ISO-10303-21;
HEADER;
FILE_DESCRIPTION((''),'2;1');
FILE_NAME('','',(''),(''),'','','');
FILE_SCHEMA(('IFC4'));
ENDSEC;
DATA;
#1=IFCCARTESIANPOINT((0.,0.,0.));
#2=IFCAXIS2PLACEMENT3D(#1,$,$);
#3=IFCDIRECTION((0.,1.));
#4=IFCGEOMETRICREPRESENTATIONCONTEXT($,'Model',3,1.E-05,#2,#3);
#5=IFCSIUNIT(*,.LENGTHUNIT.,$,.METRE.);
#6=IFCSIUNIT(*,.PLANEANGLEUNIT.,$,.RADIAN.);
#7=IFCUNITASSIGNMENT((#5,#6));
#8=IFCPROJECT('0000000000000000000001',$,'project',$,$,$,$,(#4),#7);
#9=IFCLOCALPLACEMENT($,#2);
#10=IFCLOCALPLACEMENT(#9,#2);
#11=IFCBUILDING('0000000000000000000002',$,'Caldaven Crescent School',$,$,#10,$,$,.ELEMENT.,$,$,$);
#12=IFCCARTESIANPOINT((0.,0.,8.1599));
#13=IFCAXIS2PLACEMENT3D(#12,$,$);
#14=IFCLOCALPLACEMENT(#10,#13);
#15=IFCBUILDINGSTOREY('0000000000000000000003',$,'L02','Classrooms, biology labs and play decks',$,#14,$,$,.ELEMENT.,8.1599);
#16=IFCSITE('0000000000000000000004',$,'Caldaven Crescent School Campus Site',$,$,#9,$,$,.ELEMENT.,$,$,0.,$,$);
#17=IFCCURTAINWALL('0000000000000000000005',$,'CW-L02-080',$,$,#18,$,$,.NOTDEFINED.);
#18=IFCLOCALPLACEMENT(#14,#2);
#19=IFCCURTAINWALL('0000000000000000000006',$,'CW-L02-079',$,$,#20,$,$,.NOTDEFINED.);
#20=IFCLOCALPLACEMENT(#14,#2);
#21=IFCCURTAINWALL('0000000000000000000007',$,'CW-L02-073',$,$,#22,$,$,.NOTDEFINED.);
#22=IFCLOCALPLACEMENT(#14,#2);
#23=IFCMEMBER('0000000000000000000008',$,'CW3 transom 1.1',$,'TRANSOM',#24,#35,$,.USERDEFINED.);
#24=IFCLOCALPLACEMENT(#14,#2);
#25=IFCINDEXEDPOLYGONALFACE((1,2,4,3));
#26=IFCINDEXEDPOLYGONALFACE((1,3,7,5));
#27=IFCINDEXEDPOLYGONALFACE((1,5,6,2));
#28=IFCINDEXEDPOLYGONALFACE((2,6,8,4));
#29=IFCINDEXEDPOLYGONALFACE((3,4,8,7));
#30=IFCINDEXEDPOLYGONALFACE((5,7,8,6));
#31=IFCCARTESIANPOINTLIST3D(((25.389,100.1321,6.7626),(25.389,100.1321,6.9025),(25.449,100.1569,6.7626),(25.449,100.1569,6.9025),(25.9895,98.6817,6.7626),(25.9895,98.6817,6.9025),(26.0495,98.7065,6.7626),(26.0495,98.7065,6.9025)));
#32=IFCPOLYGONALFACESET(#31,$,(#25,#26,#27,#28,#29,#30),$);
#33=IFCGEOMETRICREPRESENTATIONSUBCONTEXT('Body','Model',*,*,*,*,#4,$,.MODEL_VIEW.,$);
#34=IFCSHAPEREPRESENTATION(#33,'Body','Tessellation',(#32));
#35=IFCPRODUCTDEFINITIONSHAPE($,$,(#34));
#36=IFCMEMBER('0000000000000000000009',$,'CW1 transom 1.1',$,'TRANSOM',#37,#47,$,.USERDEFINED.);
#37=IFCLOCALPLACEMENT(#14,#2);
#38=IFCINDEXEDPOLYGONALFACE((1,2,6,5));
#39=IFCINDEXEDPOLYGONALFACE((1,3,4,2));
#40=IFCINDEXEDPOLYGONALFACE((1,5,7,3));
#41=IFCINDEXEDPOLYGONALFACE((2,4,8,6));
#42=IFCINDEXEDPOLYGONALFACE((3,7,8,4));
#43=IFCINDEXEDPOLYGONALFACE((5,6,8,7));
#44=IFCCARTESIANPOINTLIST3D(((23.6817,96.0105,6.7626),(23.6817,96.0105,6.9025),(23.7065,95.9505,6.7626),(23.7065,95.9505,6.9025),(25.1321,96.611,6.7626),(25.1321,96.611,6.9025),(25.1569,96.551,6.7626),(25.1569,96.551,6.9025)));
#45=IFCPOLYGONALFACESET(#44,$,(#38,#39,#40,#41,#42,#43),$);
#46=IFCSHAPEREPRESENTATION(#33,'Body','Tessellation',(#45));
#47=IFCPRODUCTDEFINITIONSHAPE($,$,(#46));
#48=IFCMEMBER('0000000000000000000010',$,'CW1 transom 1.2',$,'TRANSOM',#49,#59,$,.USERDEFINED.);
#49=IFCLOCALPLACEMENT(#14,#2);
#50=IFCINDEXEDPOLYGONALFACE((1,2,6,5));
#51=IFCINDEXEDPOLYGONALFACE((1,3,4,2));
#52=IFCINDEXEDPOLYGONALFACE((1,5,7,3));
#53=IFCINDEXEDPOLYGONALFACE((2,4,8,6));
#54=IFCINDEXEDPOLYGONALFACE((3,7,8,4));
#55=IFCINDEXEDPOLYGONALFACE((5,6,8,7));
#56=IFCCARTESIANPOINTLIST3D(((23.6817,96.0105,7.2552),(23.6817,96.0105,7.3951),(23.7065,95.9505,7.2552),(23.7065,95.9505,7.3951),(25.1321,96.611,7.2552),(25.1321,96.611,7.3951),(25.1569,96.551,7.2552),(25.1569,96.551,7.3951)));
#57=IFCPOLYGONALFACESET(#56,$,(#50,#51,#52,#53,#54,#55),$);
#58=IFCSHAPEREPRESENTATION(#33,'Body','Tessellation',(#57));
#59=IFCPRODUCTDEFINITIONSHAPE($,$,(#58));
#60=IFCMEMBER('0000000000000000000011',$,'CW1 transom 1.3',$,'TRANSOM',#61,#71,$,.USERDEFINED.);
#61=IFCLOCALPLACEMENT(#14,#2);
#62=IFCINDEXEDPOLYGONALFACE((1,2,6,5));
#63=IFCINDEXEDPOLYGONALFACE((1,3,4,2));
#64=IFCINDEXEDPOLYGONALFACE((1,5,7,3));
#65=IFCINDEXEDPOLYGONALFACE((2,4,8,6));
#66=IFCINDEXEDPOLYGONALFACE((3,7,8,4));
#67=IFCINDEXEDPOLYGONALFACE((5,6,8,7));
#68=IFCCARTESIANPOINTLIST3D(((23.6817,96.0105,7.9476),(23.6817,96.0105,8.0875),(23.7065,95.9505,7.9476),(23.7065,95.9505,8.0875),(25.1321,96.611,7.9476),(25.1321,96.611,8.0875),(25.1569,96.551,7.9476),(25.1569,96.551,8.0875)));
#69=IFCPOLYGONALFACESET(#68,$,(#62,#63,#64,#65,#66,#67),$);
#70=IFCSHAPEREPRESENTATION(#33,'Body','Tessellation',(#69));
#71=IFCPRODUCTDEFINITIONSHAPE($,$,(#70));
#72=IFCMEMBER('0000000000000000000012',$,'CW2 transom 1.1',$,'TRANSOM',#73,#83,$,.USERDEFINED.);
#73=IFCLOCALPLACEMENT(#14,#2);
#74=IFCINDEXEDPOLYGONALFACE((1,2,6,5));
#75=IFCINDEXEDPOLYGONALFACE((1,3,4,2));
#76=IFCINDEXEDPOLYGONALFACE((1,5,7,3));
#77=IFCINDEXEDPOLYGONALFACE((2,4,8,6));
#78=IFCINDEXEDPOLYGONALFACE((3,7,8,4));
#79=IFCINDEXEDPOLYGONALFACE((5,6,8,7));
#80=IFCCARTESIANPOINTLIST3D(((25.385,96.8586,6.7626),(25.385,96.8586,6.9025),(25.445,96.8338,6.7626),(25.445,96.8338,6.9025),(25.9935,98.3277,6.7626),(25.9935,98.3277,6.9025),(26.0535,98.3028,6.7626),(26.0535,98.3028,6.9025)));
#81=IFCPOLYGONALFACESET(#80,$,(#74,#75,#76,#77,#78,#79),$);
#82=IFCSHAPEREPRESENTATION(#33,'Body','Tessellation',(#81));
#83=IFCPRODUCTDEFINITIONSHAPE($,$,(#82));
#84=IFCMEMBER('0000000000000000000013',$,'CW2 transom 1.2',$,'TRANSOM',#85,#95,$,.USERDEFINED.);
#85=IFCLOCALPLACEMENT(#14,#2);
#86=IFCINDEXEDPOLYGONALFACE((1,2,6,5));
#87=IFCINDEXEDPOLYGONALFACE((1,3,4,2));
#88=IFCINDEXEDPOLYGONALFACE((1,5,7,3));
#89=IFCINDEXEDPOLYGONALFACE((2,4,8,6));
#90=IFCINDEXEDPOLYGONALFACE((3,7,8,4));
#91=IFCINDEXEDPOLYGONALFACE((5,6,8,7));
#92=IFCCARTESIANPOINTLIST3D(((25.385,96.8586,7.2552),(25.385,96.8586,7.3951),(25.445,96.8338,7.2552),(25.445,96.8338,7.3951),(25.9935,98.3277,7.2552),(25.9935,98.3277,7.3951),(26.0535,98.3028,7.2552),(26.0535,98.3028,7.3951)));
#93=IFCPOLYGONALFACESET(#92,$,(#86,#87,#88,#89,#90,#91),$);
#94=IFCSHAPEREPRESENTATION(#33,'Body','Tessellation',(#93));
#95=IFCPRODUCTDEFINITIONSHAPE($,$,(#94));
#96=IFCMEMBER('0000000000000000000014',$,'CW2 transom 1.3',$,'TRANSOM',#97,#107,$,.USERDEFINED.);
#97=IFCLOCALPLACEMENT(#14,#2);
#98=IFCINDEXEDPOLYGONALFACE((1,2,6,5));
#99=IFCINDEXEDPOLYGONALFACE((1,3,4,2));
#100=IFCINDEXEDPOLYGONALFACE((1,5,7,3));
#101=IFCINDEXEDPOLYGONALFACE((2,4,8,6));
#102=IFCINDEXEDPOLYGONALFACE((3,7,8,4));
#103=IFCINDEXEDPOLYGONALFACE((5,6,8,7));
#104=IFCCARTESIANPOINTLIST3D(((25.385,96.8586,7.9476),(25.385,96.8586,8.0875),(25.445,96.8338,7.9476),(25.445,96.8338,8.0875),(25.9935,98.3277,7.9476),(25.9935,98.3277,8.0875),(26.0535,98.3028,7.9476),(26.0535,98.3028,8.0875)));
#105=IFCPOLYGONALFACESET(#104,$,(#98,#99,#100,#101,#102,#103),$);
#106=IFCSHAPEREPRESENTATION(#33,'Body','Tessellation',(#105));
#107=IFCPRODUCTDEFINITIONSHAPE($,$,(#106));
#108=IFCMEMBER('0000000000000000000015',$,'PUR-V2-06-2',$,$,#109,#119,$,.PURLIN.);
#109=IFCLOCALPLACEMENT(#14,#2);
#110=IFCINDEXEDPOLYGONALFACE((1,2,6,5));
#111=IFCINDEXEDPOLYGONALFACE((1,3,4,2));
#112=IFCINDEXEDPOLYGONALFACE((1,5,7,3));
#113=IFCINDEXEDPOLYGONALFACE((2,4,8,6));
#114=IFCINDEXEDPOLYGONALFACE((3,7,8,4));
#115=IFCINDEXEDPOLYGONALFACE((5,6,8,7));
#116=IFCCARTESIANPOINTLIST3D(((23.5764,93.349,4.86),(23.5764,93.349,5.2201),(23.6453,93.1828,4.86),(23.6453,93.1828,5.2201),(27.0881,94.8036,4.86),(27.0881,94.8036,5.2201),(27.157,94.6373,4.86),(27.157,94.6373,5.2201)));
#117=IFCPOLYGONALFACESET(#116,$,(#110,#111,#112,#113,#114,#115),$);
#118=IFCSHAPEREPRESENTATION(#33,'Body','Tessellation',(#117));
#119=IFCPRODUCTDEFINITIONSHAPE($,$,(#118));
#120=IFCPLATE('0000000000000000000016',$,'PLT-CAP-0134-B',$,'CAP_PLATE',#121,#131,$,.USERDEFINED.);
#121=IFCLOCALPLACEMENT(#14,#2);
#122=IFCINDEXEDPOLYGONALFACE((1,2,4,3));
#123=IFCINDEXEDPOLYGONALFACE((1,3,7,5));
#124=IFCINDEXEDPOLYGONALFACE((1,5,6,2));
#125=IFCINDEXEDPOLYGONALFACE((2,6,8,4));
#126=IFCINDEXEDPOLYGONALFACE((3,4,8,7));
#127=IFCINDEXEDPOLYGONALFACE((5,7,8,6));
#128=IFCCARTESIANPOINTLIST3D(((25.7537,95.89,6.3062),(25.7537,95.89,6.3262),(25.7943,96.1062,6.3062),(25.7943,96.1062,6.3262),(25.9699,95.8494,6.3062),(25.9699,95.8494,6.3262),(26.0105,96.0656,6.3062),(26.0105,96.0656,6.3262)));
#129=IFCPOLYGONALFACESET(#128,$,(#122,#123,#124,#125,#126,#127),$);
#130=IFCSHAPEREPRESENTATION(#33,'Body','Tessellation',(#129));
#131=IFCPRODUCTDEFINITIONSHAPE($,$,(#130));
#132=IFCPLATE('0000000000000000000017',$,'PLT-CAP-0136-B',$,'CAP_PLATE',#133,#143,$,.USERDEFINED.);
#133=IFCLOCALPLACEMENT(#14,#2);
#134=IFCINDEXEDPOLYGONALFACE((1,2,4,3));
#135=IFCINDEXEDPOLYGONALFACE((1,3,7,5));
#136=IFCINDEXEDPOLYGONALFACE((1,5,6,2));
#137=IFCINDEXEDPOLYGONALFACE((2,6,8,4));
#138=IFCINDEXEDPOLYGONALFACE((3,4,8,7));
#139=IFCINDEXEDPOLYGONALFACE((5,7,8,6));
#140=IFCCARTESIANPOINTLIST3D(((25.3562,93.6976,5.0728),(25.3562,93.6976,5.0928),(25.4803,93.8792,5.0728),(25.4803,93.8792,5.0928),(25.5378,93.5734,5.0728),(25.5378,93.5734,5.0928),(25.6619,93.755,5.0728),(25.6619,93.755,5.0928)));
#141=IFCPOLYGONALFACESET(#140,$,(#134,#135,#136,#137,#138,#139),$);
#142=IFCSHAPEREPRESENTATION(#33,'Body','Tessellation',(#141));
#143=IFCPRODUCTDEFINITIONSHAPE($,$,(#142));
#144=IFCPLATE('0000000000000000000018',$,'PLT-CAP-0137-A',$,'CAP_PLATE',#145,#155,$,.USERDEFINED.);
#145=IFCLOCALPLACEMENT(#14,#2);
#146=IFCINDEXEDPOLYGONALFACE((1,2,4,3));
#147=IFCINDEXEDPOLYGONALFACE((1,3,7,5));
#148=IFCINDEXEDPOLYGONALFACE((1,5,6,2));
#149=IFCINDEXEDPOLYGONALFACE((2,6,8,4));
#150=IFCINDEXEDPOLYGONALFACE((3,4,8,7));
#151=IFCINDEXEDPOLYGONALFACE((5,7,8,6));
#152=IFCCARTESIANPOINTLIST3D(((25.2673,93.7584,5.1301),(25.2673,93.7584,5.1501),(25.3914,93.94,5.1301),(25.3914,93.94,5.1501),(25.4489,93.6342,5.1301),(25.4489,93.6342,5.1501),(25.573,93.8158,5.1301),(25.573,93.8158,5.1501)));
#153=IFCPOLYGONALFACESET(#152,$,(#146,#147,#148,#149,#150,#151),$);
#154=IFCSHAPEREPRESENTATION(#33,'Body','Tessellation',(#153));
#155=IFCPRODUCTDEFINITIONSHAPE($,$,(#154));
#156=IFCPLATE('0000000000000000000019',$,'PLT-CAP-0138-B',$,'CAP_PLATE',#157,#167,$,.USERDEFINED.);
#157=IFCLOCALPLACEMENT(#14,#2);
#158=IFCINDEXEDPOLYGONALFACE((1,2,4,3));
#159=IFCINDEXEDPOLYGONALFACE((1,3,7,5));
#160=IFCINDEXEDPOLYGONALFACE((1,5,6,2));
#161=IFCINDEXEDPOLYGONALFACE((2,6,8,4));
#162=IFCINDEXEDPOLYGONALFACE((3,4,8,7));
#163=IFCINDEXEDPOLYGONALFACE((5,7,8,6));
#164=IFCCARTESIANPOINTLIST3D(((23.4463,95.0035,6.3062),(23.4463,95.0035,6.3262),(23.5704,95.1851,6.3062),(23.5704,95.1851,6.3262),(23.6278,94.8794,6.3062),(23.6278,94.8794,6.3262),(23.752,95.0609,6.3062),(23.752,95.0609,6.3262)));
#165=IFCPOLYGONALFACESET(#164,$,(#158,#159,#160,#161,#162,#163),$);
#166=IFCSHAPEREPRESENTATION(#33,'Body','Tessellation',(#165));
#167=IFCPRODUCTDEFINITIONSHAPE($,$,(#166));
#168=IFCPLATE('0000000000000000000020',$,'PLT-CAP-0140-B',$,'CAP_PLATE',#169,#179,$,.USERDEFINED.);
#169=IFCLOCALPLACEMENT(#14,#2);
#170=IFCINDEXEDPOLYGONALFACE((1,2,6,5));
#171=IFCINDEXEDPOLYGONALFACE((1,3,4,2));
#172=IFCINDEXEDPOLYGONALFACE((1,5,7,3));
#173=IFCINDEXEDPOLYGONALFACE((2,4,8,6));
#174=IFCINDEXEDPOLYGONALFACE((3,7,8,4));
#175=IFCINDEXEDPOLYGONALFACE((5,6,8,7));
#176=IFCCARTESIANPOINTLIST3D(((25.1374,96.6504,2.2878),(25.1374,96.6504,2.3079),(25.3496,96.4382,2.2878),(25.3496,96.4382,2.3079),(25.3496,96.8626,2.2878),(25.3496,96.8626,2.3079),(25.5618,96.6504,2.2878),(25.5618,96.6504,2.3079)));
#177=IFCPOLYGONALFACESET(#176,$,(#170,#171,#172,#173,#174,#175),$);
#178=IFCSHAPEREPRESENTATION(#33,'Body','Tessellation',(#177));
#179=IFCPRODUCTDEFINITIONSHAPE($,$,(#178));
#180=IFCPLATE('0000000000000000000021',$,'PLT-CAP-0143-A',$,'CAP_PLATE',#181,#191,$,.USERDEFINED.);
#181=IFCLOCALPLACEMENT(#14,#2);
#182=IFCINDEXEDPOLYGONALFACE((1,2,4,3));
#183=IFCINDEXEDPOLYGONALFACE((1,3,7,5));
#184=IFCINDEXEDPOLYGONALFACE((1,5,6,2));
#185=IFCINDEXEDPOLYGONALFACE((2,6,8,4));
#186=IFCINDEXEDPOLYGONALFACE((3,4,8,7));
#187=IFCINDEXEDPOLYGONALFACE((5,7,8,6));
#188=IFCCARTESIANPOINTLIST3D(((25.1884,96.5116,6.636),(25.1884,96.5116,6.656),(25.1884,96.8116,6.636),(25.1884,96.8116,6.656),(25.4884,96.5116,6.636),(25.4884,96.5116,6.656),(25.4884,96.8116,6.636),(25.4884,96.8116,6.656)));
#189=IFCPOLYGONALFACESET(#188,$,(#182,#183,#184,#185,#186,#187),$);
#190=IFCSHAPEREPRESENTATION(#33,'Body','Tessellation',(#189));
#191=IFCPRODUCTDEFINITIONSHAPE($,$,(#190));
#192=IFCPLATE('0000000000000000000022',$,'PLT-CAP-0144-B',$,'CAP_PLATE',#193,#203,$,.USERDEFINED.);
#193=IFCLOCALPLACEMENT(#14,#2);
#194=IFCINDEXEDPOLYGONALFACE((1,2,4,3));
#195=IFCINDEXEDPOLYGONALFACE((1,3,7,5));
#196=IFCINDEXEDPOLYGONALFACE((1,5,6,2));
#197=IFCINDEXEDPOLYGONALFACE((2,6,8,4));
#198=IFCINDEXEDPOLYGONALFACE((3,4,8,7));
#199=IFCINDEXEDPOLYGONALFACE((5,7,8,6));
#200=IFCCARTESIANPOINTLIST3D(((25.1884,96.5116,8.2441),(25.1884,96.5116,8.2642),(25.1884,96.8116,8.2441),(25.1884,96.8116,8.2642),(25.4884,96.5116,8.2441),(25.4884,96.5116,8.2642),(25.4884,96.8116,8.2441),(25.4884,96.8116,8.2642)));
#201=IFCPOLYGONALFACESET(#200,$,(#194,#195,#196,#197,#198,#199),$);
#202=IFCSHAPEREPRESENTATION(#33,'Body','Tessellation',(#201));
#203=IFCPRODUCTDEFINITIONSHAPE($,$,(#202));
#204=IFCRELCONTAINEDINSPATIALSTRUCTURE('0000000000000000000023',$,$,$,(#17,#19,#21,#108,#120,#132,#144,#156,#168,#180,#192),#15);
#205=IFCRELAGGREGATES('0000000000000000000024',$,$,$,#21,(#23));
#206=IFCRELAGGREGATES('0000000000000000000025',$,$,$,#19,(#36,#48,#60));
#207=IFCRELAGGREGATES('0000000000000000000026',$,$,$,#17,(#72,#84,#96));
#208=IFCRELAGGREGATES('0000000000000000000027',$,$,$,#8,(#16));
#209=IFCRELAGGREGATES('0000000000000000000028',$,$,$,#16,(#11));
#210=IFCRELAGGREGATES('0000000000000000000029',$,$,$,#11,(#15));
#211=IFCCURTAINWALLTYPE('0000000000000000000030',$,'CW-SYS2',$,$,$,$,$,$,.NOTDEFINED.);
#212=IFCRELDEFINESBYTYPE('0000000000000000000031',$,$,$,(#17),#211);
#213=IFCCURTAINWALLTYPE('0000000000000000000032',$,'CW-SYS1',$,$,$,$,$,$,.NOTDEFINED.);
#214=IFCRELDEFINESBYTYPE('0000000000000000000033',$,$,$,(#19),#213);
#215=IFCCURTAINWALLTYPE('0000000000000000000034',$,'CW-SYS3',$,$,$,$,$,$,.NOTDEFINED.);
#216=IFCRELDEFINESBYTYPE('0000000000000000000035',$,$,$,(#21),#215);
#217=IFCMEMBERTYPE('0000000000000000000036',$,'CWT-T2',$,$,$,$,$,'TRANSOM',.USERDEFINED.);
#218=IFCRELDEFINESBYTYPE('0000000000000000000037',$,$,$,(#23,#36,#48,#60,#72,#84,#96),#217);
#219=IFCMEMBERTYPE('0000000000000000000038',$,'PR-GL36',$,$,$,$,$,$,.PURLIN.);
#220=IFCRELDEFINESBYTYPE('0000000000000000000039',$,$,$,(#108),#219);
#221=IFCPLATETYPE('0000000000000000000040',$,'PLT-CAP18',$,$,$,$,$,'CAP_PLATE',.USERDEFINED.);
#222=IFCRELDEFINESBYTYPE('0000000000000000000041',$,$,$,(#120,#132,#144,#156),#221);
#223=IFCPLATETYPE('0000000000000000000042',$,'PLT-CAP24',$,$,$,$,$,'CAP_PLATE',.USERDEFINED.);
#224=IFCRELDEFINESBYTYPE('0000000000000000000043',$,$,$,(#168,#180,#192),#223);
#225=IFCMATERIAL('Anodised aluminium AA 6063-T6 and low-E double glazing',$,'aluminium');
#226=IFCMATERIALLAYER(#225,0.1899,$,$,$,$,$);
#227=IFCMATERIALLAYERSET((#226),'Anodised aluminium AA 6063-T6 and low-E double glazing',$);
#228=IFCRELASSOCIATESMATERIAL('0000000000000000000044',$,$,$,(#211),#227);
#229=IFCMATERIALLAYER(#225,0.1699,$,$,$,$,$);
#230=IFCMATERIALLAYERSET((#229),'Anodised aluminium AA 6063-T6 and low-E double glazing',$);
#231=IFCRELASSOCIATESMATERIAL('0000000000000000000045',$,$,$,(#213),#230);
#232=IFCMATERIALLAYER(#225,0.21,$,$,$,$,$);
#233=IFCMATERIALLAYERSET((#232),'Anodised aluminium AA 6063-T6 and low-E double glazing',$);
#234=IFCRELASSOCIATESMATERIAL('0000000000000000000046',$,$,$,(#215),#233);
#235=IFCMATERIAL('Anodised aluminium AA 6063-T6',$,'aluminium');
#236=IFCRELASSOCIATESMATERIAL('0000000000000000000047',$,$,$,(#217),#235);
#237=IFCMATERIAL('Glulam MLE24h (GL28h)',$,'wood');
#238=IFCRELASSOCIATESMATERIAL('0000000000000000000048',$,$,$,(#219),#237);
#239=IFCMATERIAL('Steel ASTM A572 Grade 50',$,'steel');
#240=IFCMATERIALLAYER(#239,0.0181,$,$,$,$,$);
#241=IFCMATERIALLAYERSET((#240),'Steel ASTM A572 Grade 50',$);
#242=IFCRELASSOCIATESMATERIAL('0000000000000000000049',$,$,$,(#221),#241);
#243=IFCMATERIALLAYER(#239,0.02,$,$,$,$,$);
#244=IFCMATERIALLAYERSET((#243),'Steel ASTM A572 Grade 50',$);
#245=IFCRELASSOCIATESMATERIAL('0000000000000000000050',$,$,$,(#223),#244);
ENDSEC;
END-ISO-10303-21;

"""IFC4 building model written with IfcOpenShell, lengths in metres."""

from ifc_helpers import new_model, si_unit, direction, frame, origin, origin_2d, place, context, subcontext, project, spatial, rectangle, extrude, material, layer, layer_set, material_profile, profile_set, type_object, element, aggregate, save


model = new_model("IFC4")

# Units and contexts
model_context = context("Model", 3, precision=1e-05, world=origin(), true_north=direction((0.0, 1.0)))
body_context = subcontext(model_context, "Body", "Model", "MODEL_VIEW")
ifc_project = project(units=[si_unit("LENGTHUNIT", "METRE"), si_unit("PLANEANGLEUNIT", "RADIAN")], contexts=[model_context])

# Site, building, storey
site_placement = place(None, origin())
site = spatial("IfcSite", under=ifc_project, at=site_placement, Name="Caldaven Crescent School Campus Site", CompositionType="ELEMENT", RefElevation=0.0)
building_placement = place(site_placement, origin())
building = spatial("IfcBuilding", under=site, at=building_placement, Name="Caldaven Crescent School", CompositionType="ELEMENT")
storey_placement = place(building_placement, frame((0.0, 0.0, 8.1599)))
storey = spatial("IfcBuildingStorey", under=building, at=storey_placement, Name="L02", Description="Classrooms, biology labs and play decks", CompositionType="ELEMENT", Elevation=8.1599)

# Shared definitions
ifc_material_1 = material(Name="Steel ASTM A572 Grade 50", Category="steel")

# Curtain wall
ifc_material_2 = material(Name="Anodised aluminium AA 6063-T6 and low-E double glazing", Category="aluminium")
ifc_layer_1 = layer(ifc_material_2, 0.1899)
ifc_layer_set_1 = layer_set([ifc_layer_1], Name="Anodised aluminium AA 6063-T6 and low-E double glazing")
curtain_wall_type_1 = type_object("IfcCurtainWallType", Name="CW-SYS2", PredefinedType="NOTDEFINED", material=ifc_layer_set_1)
curtain_wall_1_placement = place(storey_placement, origin())
curtain_wall_1 = element("IfcCurtainWall", 1, at=curtain_wall_1_placement, inside=storey, type_object=curtain_wall_type_1, Name="CW-L02-080", PredefinedType="NOTDEFINED")
ifc_material_3 = material(Name="Anodised aluminium AA 6063-T6", Category="aluminium")

# Curtain wall
ifc_layer_2 = layer(ifc_material_2, 0.1699)
ifc_layer_set_2 = layer_set([ifc_layer_2], Name="Anodised aluminium AA 6063-T6 and low-E double glazing")
curtain_wall_type_2 = type_object("IfcCurtainWallType", Name="CW-SYS1", PredefinedType="NOTDEFINED", material=ifc_layer_set_2)
curtain_wall_2_placement = place(storey_placement, origin())
curtain_wall_2 = element("IfcCurtainWall", 2, at=curtain_wall_2_placement, inside=storey, type_object=curtain_wall_type_2, Name="CW-L02-079", PredefinedType="NOTDEFINED")

# Curtain wall, member
ifc_layer_3 = layer(ifc_material_2, 0.21)
ifc_layer_set_3 = layer_set([ifc_layer_3], Name="Anodised aluminium AA 6063-T6 and low-E double glazing")
curtain_wall_type_3 = type_object("IfcCurtainWallType", Name="CW-SYS3", PredefinedType="NOTDEFINED", material=ifc_layer_set_3)
curtain_wall_3_placement = place(storey_placement, origin())
curtain_wall_3 = element("IfcCurtainWall", 3, at=curtain_wall_3_placement, inside=storey, type_object=curtain_wall_type_3, Name="CW-L02-073", PredefinedType="NOTDEFINED")
ifc_material_profile_1 = material_profile(ifc_material_3, rectangle(XDim=0.0649, YDim=0.1399, at=origin_2d()), Name="CWT 65x140")
ifc_profile_set_1 = profile_set([ifc_material_profile_1], Name="Anodised aluminium AA 6063-T6")
member_type_1 = type_object("IfcMemberType", Name="CWT-T2", ElementType="TRANSOM", PredefinedType="USERDEFINED", material=ifc_profile_set_1)
member_1_placement = place(storey_placement, frame((26.0195, 98.6941, 6.8325), z_axis=(-0.382572, 0.923926, 0.0), x_axis=(-0.923926, -0.382572, 0.0)))
member_1 = element("IfcMember", 4, at=member_1_placement, type_object=member_type_1, Name="CW3 transom 1.1", ObjectType="TRANSOM", PredefinedType="USERDEFINED", context=body_context, shape_type="SweptSolid", body=[
    extrude(rectangle(XDim=0.0649, YDim=0.1399, at=origin_2d()), origin(), (0.0, 0.0, 1.0), 1.5698),
])
aggregate(curtain_wall_3, [member_1])

# Members
member_2_placement = place(storey_placement, frame((23.6941, 95.9805, 6.8325), z_axis=(0.923926, 0.382572, 0.0), x_axis=(-0.382572, 0.923926, 0.0)))
member_2 = element("IfcMember", 5, at=member_2_placement, type_object=member_type_1, Name="CW1 transom 1.1", ObjectType="TRANSOM", PredefinedType="USERDEFINED", context=body_context, shape_type="SweptSolid", body=[
    extrude(rectangle(XDim=0.0649, YDim=0.1399, at=origin_2d()), origin(), (0.0, 0.0, 1.0), 1.5698),
])
member_3_placement = place(storey_placement, frame((23.6941, 95.9805, 7.3252), z_axis=(0.923926, 0.382572, 0.0), x_axis=(-0.382572, 0.923926, 0.0)))
member_3 = element("IfcMember", 6, at=member_3_placement, type_object=member_type_1, Name="CW1 transom 1.2", ObjectType="TRANSOM", PredefinedType="USERDEFINED", context=body_context, shape_type="SweptSolid", body=[
    extrude(rectangle(XDim=0.0649, YDim=0.1399, at=origin_2d()), origin(), (0.0, 0.0, 1.0), 1.5698),
])
member_4_placement = place(storey_placement, frame((23.6941, 95.9805, 8.0176), z_axis=(0.923926, 0.382572, 0.0), x_axis=(-0.382572, 0.923926, 0.0)))
member_4 = element("IfcMember", 7, at=member_4_placement, type_object=member_type_1, Name="CW1 transom 1.3", ObjectType="TRANSOM", PredefinedType="USERDEFINED", context=body_context, shape_type="SweptSolid", body=[
    extrude(rectangle(XDim=0.0649, YDim=0.1399, at=origin_2d()), origin(), (0.0, 0.0, 1.0), 1.5698),
])
member_5_placement = place(storey_placement, frame((25.415, 96.8462, 6.8325), z_axis=(0.382641, 0.923897, 0.0), x_axis=(-0.923897, 0.382641, 0.0)))
member_5 = element("IfcMember", 8, at=member_5_placement, type_object=member_type_1, Name="CW2 transom 1.1", ObjectType="TRANSOM", PredefinedType="USERDEFINED", context=body_context, shape_type="SweptSolid", body=[
    extrude(rectangle(XDim=0.0649, YDim=0.1399, at=origin_2d()), origin(), (0.0, 0.0, 1.0), 1.5901),
])
member_6_placement = place(storey_placement, frame((25.415, 96.8462, 7.3252), z_axis=(0.382641, 0.923897, 0.0), x_axis=(-0.923897, 0.382641, 0.0)))
member_6 = element("IfcMember", 9, at=member_6_placement, type_object=member_type_1, Name="CW2 transom 1.2", ObjectType="TRANSOM", PredefinedType="USERDEFINED", context=body_context, shape_type="SweptSolid", body=[
    extrude(rectangle(XDim=0.0649, YDim=0.1399, at=origin_2d()), origin(), (0.0, 0.0, 1.0), 1.5901),
])
member_7_placement = place(storey_placement, frame((25.415, 96.8462, 8.0176), z_axis=(0.382641, 0.923897, 0.0), x_axis=(-0.923897, 0.382641, 0.0)))
member_7 = element("IfcMember", 10, at=member_7_placement, type_object=member_type_1, Name="CW2 transom 1.3", ObjectType="TRANSOM", PredefinedType="USERDEFINED", context=body_context, shape_type="SweptSolid", body=[
    extrude(rectangle(XDim=0.0649, YDim=0.1399, at=origin_2d()), origin(), (0.0, 0.0, 1.0), 1.5901),
])
ifc_material_4 = material(Name="Glulam MLE24h (GL28h)", Category="wood")
ifc_material_profile_2 = material_profile(ifc_material_4, rectangle(XDim=0.1799, YDim=0.3601, at=origin_2d()), Name="MLE 180x360")
ifc_profile_set_2 = profile_set([ifc_material_profile_2], Name="Glulam MLE24h (GL28h)")
member_type_2 = type_object("IfcMemberType", Name="PR-GL36", PredefinedType="PURLIN", material=ifc_profile_set_2)
member_8_placement = place(storey_placement, frame((23.6108, 93.2659, 5.04), z_axis=(0.923881, 0.382681, 0.0), x_axis=(-0.382681, 0.923881, 0.0)))
element("IfcMember", 11, at=member_8_placement, inside=storey, type_object=member_type_2, Name="PUR-V2-06-2", PredefinedType="PURLIN", context=body_context, shape_type="SweptSolid", body=[
    extrude(rectangle(XDim=0.1799, YDim=0.3601, at=origin_2d()), origin(), (0.0, 0.0, 1.0), 3.801),
])

# Plates
ifc_layer_4 = layer(ifc_material_1, 0.0181)
ifc_layer_set_4 = layer_set([ifc_layer_4], Name="Steel ASTM A572 Grade 50")
plate_type_1 = type_object("IfcPlateType", Name="PLT-CAP18", ElementType="CAP_PLATE", PredefinedType="USERDEFINED", material=ifc_layer_set_4)
for number, where, z_axis, x_axis, name in (
    (12, (25.8821, 95.9778, 6.3062), (0.0, 0.0, 1.0), (0.184638, 0.982807, 0.0), "PLT-CAP-0134-B"),
    (13, (25.509, 93.7263, 5.0728), (0.0, 0.0, 1.0), (-0.825508, 0.564391, 0.0), "PLT-CAP-0136-B"),
    (14, (25.4202, 93.7871, 5.1301), (0.0, 0.0, 1.0), (-0.825508, 0.564391, 0.0), "PLT-CAP-0137-A"),
    (15, (23.5991, 95.0322, 6.3062), (0.0, 0.0, 1.0), (-0.825508, 0.564391, 0.0), "PLT-CAP-0138-B"),
):
    element("IfcPlate", number, at=place(storey_placement, frame(where, z_axis=z_axis, x_axis=x_axis)), inside=storey, type_object=plate_type_1, Name=name, ObjectType="CAP_PLATE", PredefinedType="USERDEFINED", context=body_context, shape_type="SweptSolid", body=[
        extrude(rectangle(XDim=0.22, YDim=0.22, at=origin_2d()), origin(), (0.0, 0.0, 1.0), 0.02),
    ])
ifc_layer_5 = layer(ifc_material_1, 0.02)
ifc_layer_set_5 = layer_set([ifc_layer_5], Name="Steel ASTM A572 Grade 50")
plate_type_2 = type_object("IfcPlateType", Name="PLT-CAP24", ElementType="CAP_PLATE", PredefinedType="USERDEFINED", material=ifc_layer_set_5)
for number, where, z_axis, x_axis, name in (
    (16, (25.3496, 96.6504, 2.2878), (0.0, 0.0, 1.0), (-0.707107, 0.707107, 0.0), "PLT-CAP-0140-B"),
    (17, (25.3384, 96.6616, 6.636), (0.0, 0.0, 1.0), (1.0, 0.0, 0.0), "PLT-CAP-0143-A"),
    (18, (25.3384, 96.6616, 8.2441), (0.0, 0.0, 1.0), (1.0, 0.0, 0.0), "PLT-CAP-0144-B"),
):
    element("IfcPlate", number, at=place(storey_placement, frame(where, z_axis=z_axis, x_axis=x_axis)), inside=storey, type_object=plate_type_2, Name=name, ObjectType="CAP_PLATE", PredefinedType="USERDEFINED", context=body_context, shape_type="SweptSolid", body=[
        extrude(rectangle(XDim=0.3, YDim=0.3, at=origin_2d()), origin(), (0.0, 0.0, 1.0), 0.02),
    ])

aggregate(curtain_wall_2, [member_2, member_3, member_4])
aggregate(curtain_wall_1, [member_5, member_6, member_7])

save(model, "model.ifc")
